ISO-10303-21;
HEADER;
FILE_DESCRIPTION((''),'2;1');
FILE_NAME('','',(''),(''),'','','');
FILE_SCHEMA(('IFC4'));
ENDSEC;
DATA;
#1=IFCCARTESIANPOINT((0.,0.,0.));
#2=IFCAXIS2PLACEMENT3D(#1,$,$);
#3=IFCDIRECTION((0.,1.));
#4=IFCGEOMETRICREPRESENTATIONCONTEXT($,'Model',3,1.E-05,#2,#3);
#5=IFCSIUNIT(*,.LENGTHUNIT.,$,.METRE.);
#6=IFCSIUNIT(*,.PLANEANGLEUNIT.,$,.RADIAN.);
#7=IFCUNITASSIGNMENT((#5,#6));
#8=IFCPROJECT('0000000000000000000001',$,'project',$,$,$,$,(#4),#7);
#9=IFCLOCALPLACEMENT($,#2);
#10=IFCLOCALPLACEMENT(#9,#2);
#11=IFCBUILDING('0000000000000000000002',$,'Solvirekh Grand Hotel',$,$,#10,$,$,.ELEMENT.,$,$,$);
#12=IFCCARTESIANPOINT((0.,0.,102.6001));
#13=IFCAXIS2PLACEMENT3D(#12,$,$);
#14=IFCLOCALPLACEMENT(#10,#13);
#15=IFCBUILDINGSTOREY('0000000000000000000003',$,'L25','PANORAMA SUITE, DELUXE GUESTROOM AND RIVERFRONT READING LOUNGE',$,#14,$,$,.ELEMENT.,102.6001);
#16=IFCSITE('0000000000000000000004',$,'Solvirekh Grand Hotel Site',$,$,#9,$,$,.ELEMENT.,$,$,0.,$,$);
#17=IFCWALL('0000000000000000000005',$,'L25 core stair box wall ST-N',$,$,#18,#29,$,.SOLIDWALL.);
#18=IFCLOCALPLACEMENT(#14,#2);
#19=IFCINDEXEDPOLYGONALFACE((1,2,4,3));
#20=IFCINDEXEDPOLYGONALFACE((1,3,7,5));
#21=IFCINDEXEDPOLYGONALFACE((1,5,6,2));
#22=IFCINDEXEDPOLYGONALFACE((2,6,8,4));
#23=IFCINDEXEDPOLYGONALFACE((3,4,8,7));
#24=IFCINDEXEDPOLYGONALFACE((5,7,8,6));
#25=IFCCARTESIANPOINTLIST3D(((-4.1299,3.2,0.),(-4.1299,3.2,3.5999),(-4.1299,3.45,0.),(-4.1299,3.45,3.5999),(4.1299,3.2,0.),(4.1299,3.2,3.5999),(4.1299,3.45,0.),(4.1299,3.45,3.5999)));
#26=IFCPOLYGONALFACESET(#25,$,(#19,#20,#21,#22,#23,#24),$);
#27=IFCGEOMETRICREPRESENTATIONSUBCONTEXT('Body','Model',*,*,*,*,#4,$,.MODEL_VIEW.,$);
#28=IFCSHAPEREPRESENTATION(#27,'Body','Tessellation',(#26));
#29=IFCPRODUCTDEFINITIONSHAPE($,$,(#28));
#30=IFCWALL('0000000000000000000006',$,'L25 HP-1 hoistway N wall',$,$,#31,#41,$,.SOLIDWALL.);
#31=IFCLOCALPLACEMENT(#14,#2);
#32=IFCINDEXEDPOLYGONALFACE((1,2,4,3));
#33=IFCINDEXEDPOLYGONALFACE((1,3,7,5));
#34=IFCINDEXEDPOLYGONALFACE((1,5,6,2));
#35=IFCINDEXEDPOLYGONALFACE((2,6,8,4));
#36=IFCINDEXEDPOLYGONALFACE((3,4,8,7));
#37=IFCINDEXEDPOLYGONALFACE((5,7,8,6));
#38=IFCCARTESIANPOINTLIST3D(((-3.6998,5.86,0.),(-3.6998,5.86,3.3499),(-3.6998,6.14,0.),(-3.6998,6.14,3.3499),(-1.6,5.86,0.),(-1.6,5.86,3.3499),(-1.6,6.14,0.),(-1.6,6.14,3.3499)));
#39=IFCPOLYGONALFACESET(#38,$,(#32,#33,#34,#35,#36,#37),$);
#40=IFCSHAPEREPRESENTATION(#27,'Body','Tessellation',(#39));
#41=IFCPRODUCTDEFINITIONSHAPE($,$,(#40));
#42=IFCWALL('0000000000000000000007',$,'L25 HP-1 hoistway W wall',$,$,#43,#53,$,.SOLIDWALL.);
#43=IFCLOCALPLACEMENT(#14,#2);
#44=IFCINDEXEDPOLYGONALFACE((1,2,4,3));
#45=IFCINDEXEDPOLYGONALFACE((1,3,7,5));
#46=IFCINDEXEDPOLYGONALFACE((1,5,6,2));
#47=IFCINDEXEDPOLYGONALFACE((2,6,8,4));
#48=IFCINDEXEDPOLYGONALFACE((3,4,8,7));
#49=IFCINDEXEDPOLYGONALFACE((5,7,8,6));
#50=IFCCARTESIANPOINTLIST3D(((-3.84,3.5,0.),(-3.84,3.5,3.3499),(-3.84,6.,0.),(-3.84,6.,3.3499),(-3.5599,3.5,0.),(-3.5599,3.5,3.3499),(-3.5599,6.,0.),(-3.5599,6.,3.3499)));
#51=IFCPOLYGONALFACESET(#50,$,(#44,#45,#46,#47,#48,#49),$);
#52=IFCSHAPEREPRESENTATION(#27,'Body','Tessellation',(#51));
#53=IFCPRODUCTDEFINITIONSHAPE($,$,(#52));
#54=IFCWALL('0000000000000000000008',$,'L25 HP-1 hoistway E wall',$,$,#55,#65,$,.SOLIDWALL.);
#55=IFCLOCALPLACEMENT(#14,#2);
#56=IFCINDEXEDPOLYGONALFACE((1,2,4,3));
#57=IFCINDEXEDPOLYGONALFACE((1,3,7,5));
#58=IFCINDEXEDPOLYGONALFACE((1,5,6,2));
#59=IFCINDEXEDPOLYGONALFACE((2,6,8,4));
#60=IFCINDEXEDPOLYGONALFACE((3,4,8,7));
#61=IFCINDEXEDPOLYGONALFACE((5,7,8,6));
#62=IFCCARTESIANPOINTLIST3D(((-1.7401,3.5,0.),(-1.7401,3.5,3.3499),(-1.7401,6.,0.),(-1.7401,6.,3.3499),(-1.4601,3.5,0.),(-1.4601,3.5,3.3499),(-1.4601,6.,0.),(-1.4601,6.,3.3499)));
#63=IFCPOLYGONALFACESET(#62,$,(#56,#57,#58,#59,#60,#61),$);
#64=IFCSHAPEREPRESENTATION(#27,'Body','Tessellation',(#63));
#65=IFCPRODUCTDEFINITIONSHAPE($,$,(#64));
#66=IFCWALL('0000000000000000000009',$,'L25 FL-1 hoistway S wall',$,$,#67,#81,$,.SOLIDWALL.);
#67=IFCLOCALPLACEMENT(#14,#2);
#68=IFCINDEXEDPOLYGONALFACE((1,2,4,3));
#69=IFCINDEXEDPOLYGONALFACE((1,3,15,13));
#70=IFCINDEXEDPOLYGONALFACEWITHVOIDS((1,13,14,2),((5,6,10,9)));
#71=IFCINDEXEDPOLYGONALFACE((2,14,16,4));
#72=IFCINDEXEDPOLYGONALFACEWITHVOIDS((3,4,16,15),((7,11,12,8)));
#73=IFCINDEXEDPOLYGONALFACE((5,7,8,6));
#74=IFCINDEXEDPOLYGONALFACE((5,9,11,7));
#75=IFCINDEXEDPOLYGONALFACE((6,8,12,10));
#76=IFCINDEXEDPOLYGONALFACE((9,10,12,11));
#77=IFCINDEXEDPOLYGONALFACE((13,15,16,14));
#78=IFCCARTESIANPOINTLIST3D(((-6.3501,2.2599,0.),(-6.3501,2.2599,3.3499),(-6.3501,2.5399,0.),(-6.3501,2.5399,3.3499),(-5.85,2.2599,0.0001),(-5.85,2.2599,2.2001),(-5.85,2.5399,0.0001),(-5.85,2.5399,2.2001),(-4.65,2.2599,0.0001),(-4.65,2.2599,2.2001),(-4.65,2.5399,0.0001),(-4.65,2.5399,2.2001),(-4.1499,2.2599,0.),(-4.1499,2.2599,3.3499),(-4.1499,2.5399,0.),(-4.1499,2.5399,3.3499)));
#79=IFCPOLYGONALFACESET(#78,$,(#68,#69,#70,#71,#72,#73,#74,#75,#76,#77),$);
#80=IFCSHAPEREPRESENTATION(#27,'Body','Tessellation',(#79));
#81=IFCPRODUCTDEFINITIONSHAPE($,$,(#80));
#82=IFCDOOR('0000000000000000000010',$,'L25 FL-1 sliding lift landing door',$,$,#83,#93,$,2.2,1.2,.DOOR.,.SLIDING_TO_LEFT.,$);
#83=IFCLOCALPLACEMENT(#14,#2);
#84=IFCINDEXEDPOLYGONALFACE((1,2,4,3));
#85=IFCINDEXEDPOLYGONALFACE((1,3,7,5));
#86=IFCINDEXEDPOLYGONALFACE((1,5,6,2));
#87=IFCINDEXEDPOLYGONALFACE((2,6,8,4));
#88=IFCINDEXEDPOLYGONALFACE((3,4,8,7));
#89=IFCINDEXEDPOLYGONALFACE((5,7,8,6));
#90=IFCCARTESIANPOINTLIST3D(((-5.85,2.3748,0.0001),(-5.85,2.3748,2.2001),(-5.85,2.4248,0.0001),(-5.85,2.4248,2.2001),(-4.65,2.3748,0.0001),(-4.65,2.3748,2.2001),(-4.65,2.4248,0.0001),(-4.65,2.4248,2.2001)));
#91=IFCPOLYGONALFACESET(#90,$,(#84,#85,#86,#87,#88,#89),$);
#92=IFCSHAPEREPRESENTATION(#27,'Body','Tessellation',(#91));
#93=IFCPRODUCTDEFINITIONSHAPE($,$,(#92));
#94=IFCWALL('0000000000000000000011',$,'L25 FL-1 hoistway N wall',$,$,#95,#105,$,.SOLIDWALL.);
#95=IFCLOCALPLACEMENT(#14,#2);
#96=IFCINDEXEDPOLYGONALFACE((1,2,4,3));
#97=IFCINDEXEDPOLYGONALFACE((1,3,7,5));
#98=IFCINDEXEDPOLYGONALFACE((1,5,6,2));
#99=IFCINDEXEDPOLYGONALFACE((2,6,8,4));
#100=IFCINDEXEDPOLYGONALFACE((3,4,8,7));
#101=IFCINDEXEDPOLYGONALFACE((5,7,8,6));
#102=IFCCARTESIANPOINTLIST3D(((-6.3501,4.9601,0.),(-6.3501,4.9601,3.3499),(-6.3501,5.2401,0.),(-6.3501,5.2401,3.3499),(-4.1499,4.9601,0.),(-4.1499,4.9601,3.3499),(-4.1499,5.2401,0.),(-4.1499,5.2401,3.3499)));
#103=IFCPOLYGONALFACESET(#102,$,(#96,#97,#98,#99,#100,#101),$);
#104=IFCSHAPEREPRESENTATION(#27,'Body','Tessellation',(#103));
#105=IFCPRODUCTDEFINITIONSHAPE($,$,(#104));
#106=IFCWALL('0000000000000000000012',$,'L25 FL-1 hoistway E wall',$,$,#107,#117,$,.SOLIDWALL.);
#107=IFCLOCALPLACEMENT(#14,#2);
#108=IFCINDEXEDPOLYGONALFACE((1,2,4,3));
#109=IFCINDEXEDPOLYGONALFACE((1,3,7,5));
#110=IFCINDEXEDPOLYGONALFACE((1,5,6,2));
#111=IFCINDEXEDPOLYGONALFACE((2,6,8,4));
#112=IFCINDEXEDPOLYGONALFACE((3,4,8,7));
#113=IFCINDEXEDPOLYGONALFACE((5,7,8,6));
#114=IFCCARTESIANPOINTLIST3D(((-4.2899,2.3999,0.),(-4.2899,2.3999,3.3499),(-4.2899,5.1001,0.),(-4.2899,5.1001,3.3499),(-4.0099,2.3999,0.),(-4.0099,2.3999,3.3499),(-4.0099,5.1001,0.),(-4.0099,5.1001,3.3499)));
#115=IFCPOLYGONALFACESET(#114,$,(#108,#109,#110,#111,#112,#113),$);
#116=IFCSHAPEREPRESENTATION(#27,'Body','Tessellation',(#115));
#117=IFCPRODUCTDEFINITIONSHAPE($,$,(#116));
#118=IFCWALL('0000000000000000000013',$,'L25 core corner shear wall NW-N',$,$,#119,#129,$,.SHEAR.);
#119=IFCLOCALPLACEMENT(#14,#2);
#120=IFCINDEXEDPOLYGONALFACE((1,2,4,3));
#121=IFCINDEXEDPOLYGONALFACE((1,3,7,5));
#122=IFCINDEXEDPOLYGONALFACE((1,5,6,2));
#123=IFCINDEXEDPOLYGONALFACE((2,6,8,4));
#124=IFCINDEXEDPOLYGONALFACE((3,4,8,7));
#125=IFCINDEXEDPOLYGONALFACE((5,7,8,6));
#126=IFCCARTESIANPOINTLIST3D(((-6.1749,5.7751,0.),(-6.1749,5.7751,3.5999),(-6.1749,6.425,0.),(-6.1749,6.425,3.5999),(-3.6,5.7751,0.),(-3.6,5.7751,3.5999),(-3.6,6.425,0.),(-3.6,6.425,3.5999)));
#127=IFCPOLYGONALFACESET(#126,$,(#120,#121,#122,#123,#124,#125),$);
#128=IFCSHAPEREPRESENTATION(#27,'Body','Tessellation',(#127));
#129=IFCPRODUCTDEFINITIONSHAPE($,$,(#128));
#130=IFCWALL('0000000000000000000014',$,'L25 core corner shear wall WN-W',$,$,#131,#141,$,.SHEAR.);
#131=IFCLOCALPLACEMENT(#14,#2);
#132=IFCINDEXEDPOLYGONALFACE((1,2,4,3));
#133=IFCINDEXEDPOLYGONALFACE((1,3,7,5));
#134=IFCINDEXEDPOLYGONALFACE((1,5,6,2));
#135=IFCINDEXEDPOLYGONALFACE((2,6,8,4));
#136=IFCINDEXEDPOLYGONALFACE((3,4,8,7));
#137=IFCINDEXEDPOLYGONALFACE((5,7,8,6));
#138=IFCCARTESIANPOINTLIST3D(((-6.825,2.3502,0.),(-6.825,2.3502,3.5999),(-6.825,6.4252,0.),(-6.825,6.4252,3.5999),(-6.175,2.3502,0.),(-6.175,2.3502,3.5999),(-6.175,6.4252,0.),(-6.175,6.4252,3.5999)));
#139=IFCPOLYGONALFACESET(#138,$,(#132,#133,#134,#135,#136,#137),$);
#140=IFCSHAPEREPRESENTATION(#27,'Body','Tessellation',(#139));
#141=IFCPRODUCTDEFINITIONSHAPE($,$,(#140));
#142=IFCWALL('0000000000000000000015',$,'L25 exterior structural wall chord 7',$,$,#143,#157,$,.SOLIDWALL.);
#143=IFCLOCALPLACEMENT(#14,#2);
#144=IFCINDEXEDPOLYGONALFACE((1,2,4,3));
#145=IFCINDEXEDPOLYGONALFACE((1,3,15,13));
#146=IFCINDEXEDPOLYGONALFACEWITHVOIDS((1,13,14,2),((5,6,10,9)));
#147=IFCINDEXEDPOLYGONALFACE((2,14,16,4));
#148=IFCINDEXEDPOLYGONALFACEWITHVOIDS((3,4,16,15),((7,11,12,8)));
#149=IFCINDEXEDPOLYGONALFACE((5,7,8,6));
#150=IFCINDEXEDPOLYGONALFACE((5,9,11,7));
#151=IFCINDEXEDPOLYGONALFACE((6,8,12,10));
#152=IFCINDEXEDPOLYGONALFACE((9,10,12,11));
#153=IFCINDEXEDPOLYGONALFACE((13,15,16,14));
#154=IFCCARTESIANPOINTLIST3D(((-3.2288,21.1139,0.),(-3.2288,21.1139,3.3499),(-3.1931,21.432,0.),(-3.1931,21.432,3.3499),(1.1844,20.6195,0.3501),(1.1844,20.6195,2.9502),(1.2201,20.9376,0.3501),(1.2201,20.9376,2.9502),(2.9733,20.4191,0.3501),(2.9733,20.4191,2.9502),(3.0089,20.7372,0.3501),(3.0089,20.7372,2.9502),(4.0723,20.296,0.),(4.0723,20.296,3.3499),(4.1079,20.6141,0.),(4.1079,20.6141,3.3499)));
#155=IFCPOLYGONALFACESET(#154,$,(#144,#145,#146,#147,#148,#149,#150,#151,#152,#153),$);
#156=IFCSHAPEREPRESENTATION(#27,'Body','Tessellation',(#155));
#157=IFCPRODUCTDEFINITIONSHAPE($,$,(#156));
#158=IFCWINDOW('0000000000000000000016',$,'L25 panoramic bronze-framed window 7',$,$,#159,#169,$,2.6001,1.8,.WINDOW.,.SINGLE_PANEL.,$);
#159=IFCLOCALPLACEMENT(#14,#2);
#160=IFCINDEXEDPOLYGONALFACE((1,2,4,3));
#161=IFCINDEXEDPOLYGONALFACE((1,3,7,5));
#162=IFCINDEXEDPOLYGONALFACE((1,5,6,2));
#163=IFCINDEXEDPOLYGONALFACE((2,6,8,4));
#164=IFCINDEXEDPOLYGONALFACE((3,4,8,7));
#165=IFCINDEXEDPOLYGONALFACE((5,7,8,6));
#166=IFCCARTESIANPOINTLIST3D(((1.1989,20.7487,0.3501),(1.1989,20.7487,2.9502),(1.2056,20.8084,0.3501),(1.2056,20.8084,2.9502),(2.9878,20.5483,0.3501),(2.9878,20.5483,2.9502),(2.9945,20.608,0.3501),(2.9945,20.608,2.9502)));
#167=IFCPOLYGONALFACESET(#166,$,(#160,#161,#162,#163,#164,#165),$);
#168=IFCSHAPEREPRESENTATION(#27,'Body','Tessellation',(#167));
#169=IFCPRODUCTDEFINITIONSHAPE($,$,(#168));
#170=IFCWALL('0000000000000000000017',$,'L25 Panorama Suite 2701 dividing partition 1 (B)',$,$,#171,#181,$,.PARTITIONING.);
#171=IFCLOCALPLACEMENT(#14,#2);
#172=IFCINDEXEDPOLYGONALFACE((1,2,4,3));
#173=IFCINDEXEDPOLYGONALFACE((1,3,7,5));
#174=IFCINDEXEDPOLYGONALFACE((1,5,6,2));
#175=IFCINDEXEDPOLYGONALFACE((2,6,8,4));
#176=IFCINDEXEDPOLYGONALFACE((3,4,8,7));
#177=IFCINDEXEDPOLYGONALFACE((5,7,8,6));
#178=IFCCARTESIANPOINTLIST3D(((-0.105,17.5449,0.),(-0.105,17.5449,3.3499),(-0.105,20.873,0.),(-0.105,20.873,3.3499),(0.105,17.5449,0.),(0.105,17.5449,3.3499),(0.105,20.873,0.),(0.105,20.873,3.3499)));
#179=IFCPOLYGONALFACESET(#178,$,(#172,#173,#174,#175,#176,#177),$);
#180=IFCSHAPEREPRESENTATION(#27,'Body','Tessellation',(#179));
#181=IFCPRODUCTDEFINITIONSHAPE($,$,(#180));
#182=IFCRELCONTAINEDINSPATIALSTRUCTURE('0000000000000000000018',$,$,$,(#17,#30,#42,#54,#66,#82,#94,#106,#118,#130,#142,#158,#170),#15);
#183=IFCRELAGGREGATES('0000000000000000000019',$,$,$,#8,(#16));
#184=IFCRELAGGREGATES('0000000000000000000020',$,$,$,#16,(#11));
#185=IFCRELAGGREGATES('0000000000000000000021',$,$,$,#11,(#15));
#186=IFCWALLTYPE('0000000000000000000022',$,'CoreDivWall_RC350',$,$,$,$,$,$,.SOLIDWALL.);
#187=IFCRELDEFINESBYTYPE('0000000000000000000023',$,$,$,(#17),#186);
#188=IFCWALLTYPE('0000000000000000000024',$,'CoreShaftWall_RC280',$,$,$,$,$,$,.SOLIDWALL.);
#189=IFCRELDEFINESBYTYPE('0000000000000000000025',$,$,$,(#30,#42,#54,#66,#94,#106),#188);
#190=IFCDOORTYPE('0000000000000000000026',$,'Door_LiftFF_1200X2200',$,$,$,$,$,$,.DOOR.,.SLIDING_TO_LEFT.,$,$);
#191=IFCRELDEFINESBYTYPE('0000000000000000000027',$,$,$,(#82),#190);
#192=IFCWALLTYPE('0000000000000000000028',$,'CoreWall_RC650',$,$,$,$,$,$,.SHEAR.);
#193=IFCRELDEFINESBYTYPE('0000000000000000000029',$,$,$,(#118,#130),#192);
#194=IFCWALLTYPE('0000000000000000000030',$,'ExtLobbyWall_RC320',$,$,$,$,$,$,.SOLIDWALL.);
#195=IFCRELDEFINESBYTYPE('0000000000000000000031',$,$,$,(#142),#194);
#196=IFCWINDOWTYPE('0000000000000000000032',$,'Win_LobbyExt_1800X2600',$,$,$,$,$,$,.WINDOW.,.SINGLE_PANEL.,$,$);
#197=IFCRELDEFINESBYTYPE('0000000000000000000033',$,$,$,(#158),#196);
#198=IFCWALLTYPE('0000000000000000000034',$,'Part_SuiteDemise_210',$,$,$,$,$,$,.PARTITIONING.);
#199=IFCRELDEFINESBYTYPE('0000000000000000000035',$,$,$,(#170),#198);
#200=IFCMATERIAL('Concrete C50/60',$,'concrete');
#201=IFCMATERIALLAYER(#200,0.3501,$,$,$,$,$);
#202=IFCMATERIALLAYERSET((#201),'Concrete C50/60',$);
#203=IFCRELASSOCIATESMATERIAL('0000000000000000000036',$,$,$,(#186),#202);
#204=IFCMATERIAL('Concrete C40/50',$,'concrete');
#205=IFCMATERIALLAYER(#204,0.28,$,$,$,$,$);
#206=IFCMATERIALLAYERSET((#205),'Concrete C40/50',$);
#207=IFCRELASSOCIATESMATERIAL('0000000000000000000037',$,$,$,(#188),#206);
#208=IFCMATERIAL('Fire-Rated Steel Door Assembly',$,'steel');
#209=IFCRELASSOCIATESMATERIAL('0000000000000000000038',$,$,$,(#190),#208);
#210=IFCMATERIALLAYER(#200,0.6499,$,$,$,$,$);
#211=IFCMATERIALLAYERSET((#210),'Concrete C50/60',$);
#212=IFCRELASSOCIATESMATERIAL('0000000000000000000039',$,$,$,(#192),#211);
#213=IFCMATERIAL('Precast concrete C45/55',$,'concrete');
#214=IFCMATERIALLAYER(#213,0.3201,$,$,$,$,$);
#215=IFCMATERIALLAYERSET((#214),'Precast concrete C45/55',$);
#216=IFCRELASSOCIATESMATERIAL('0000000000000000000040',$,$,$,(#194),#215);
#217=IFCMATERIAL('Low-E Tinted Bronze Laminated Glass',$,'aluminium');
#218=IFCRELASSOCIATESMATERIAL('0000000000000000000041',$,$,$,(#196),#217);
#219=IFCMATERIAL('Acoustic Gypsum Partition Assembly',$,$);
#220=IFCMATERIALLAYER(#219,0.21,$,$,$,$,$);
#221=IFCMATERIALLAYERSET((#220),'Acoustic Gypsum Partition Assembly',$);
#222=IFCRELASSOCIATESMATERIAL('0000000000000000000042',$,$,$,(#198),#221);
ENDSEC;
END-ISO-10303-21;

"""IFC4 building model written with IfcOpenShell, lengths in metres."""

from ifc_helpers import new_model, si_unit, direction, frame, frame_2d, origin, place, context, subcontext, project, spatial, rectangle, extrude, material, layer, layer_set, type_object, element, fill, save


model = new_model("IFC4")

# Units and contexts
model_context = context("Model", 3, precision=1e-05, world=origin(), true_north=direction((0.0, 1.0)))
body_context = subcontext(model_context, "Body", "Model", "MODEL_VIEW")
ifc_project = project(units=[si_unit("LENGTHUNIT", "METRE"), si_unit("PLANEANGLEUNIT", "RADIAN")], contexts=[model_context])

# Site, building, storey
site_placement = place(None, origin())
site = spatial("IfcSite", under=ifc_project, at=site_placement, Name="Solvirekh Grand Hotel Site", CompositionType="ELEMENT", RefElevation=0.0)
building_placement = place(site_placement, origin())
building = spatial("IfcBuilding", under=site, at=building_placement, Name="Solvirekh Grand Hotel", CompositionType="ELEMENT")
storey_placement = place(building_placement, frame((0.0, 0.0, 102.6001)))
storey = spatial("IfcBuildingStorey", under=building, at=storey_placement, Name="L25", Description="PANORAMA SUITE, DELUXE GUESTROOM AND RIVERFRONT READING LOUNGE", CompositionType="ELEMENT", Elevation=102.6001)

# Shared definitions
ifc_material_1 = material(Name="Concrete C50/60", Category="concrete")

# Shared definitions
ifc_material_2 = material(Name="Low-E Tinted Bronze Laminated Glass", Category="aluminium")

# Walls
ifc_layer_1 = layer(ifc_material_1, 0.3501)
ifc_layer_set_1 = layer_set([ifc_layer_1], Name="Concrete C50/60")
wall_type_1 = type_object("IfcWallType", Name="CoreDivWall_RC350", PredefinedType="SOLIDWALL", material=ifc_layer_set_1)
wall_1_placement = place(storey_placement, frame((-4.1299, 3.325, 0.0), z_axis=(0.0, 0.0, 1.0), x_axis=(1.0, 0.0, 0.0)))
element("IfcWall", 1, at=wall_1_placement, inside=storey, type_object=wall_type_1, Name="L25 core stair box wall ST-N", PredefinedType="SOLIDWALL", context=body_context, shape_type="SweptSolid", body=[
    extrude(rectangle(XDim=8.2598, YDim=0.25, at=frame_2d((4.1299, 0.0))), origin(), (0.0, 0.0, 1.0), 3.5999),
])
ifc_material_3 = material(Name="Concrete C40/50", Category="concrete")
ifc_layer_2 = layer(ifc_material_3, 0.28)
ifc_layer_set_2 = layer_set([ifc_layer_2], Name="Concrete C40/50")
wall_type_2 = type_object("IfcWallType", Name="CoreShaftWall_RC280", PredefinedType="SOLIDWALL", material=ifc_layer_set_2)
wall_2_placement = place(storey_placement, frame((-1.6001, 6.0, 0.0), z_axis=(0.0, 0.0, 1.0), x_axis=(-1.0, 0.0, 0.0)))
element("IfcWall", 2, at=wall_2_placement, inside=storey, type_object=wall_type_2, Name="L25 HP-1 hoistway N wall", PredefinedType="SOLIDWALL", context=body_context, shape_type="SweptSolid", body=[
    extrude(rectangle(XDim=2.0999, YDim=0.28, at=frame_2d((1.0498, 0.0))), origin(), (0.0, 0.0, 1.0), 3.3499),
])
for number, where, z_axis, x_axis, name in (
    (3, (-3.7, 6.0, 0.0), (0.0, 0.0, 1.0), (0.0, -1.0, 0.0), "L25 HP-1 hoistway W wall"),
    (4, (-1.6001, 3.5, 0.0), (0.0, 0.0, 1.0), (0.0, 1.0, 0.0), "L25 HP-1 hoistway E wall"),
):
    element("IfcWall", number, at=place(storey_placement, frame(where, z_axis=z_axis, x_axis=x_axis)), inside=storey, type_object=wall_type_2, Name=name, PredefinedType="SOLIDWALL", context=body_context, shape_type="SweptSolid", body=[
        extrude(rectangle(XDim=2.5, YDim=0.28, at=frame_2d((1.25, 0.0))), origin(), (0.0, 0.0, 1.0), 3.3499),
    ])

# Wall, opening, door
wall_3_placement = place(storey_placement, frame((-6.3501, 2.3999, 0.0), z_axis=(0.0, 0.0, 1.0), x_axis=(1.0, 0.0, 0.0)))
wall_3 = element("IfcWall", 5, at=wall_3_placement, inside=storey, type_object=wall_type_2, Name="L25 FL-1 hoistway S wall", PredefinedType="SOLIDWALL", context=body_context, shape_type="SweptSolid", body=[
    extrude(rectangle(XDim=2.2002, YDim=0.28, at=frame_2d((1.1001, 0.0))), origin(), (0.0, 0.0, 1.0), 3.3499),
])
opening_1_placement = place(wall_3_placement, frame((0.5, 0.0, 0.0)))
opening_1 = element("IfcOpeningElement", 6, at=opening_1_placement, cuts=wall_3, PredefinedType="OPENING", context=body_context, shape_type="SweptSolid", body=[
    extrude(rectangle(XDim=1.2, YDim=2.2, at=frame_2d((0.6001, 1.1001))), frame((0.0, 0.1499, 0.0), z_axis=(0.0, -1.0, 0.0), x_axis=(1.0, 0.0, 0.0)), (0.0, 0.0, 1.0), 0.3),
])
ifc_material_4 = material(Name="Fire-Rated Steel Door Assembly", Category="steel")
door_type_1 = type_object("IfcDoorType", Name="Door_LiftFF_1200X2200", OperationType="SLIDING_TO_LEFT", PredefinedType="DOOR", material=ifc_material_4)
door_1_placement = place(opening_1_placement, origin())
door_1 = element("IfcDoor", 7, at=door_1_placement, inside=storey, type_object=door_type_1, Name="L25 FL-1 sliding lift landing door", OperationType="SLIDING_TO_LEFT", OverallHeight=2.2, OverallWidth=1.2, PredefinedType="DOOR", context=body_context, shape_type="SweptSolid", body=[
    extrude(rectangle(XDim=1.2, YDim=2.2, at=frame_2d((0.6001, 1.1001))), frame((0.0, 0.0249, 0.0), z_axis=(0.0, -1.0, 0.0), x_axis=(1.0, 0.0, 0.0)), (0.0, 0.0, 1.0), 0.05),
])
fill(opening_1, door_1)

# Walls
wall_4_placement = place(storey_placement, frame((-4.1499, 5.1001, 0.0), z_axis=(0.0, 0.0, 1.0), x_axis=(-1.0, 0.0, 0.0)))
element("IfcWall", 8, at=wall_4_placement, inside=storey, type_object=wall_type_2, Name="L25 FL-1 hoistway N wall", PredefinedType="SOLIDWALL", context=body_context, shape_type="SweptSolid", body=[
    extrude(rectangle(XDim=2.2002, YDim=0.28, at=frame_2d((1.1001, 0.0))), origin(), (0.0, 0.0, 1.0), 3.3499),
])
wall_5_placement = place(storey_placement, frame((-4.1499, 2.3999, 0.0), z_axis=(0.0, 0.0, 1.0), x_axis=(0.0, 1.0, 0.0)))
element("IfcWall", 9, at=wall_5_placement, inside=storey, type_object=wall_type_2, Name="L25 FL-1 hoistway E wall", PredefinedType="SOLIDWALL", context=body_context, shape_type="SweptSolid", body=[
    extrude(rectangle(XDim=2.7002, YDim=0.28, at=frame_2d((1.3501, 0.0))), origin(), (0.0, 0.0, 1.0), 3.3499),
])
ifc_layer_3 = layer(ifc_material_1, 0.6499)
ifc_layer_set_3 = layer_set([ifc_layer_3], Name="Concrete C50/60")
wall_type_3 = type_object("IfcWallType", Name="CoreWall_RC650", PredefinedType="SHEAR", material=ifc_layer_set_3)
wall_6_placement = place(storey_placement, frame((-6.175, 6.1001, 0.0), z_axis=(0.0, 0.0, 1.0), x_axis=(1.0, 0.0, 0.0)))
element("IfcWall", 10, at=wall_6_placement, inside=storey, type_object=wall_type_3, Name="L25 core corner shear wall NW-N", PredefinedType="SHEAR", context=body_context, shape_type="SweptSolid", body=[
    extrude(rectangle(XDim=2.575, YDim=0.6499, at=frame_2d((1.2876, 0.0))), origin(), (0.0, 0.0, 1.0), 3.5999),
])
wall_7_placement = place(storey_placement, frame((-6.5, 2.3501, 0.0), z_axis=(0.0, 0.0, 1.0), x_axis=(0.0, 1.0, 0.0)))
element("IfcWall", 11, at=wall_7_placement, inside=storey, type_object=wall_type_3, Name="L25 core corner shear wall WN-W", PredefinedType="SHEAR", context=body_context, shape_type="SweptSolid", body=[
    extrude(rectangle(XDim=4.075, YDim=0.6499, at=frame_2d((2.0376, 0.0))), origin(), (0.0, 0.0, 1.0), 3.5999),
])

# Wall, opening, window
ifc_material_5 = material(Name="Precast concrete C45/55", Category="concrete")
ifc_layer_4 = layer(ifc_material_5, 0.3201)
ifc_layer_set_4 = layer_set([ifc_layer_4], Name="Precast concrete C45/55")
wall_type_4 = type_object("IfcWallType", Name="ExtLobbyWall_RC320", PredefinedType="SOLIDWALL", material=ifc_layer_set_4)
wall_8_placement = place(storey_placement, frame((-3.2109, 21.2729, 0.0), z_axis=(0.0, 0.0, 1.0), x_axis=(0.993784, -0.111325, 0.0)))
wall_8 = element("IfcWall", 12, at=wall_8_placement, inside=storey, type_object=wall_type_4, Name="L25 exterior structural wall chord 7", PredefinedType="SOLIDWALL", context=body_context, shape_type="SweptSolid", body=[
    extrude(rectangle(XDim=7.3467, YDim=0.3201, at=frame_2d((3.6733, 0.0))), origin(), (0.0, 0.0, 1.0), 3.3499),
])
opening_2_placement = place(wall_8_placement, frame((4.4409, 0.0, 0.3501)))
opening_2 = element("IfcOpeningElement", 13, at=opening_2_placement, cuts=wall_8, PredefinedType="OPENING", context=body_context, shape_type="SweptSolid", body=[
    extrude(rectangle(XDim=1.8, YDim=2.6001, at=frame_2d((0.8999, 1.3))), frame((0.0, 0.1699, 0.0), z_axis=(0.0, -1.0, 0.0), x_axis=(1.0, 0.0, 0.0)), (0.0, 0.0, 1.0), 0.3401),
])
window_type = type_object("IfcWindowType", Name="Win_LobbyExt_1800X2600", PartitioningType="SINGLE_PANEL", PredefinedType="WINDOW", material=ifc_material_2)
window_placement = place(opening_2_placement, origin())
window = element("IfcWindow", 14, at=window_placement, inside=storey, type_object=window_type, Name="L25 panoramic bronze-framed window 7", OverallHeight=2.6001, OverallWidth=1.8, PartitioningType="SINGLE_PANEL", PredefinedType="WINDOW", context=body_context, shape_type="SweptSolid", body=[
    extrude(rectangle(XDim=1.8, YDim=2.6001, at=frame_2d((0.8999, 1.3))), frame((0.0, 0.03, 0.0), z_axis=(0.0, -1.0, 0.0), x_axis=(1.0, 0.0, 0.0)), (0.0, 0.0, 1.0), 0.0601),
])
fill(opening_2, window)

# Wall
ifc_material_6 = material(Name="Acoustic Gypsum Partition Assembly")
ifc_layer_5 = layer(ifc_material_6, 0.21)
ifc_layer_set_5 = layer_set([ifc_layer_5], Name="Acoustic Gypsum Partition Assembly")
wall_type_5 = type_object("IfcWallType", Name="Part_SuiteDemise_210", PredefinedType="PARTITIONING", material=ifc_layer_set_5)
wall_9_placement = place(storey_placement, frame((0.0, 17.5449, 0.0), z_axis=(0.0, 0.0, 1.0), x_axis=(0.0, 1.0, 0.0)))
element("IfcWall", 15, at=wall_9_placement, inside=storey, type_object=wall_type_5, Name="L25 Panorama Suite 2701 dividing partition 1 (B)", PredefinedType="PARTITIONING", context=body_context, shape_type="SweptSolid", body=[
    extrude(rectangle(XDim=3.3281, YDim=0.21, at=frame_2d((1.6641, 0.0))), origin(), (0.0, 0.0, 1.0), 3.3499),
])

save(model, "model.ifc")
